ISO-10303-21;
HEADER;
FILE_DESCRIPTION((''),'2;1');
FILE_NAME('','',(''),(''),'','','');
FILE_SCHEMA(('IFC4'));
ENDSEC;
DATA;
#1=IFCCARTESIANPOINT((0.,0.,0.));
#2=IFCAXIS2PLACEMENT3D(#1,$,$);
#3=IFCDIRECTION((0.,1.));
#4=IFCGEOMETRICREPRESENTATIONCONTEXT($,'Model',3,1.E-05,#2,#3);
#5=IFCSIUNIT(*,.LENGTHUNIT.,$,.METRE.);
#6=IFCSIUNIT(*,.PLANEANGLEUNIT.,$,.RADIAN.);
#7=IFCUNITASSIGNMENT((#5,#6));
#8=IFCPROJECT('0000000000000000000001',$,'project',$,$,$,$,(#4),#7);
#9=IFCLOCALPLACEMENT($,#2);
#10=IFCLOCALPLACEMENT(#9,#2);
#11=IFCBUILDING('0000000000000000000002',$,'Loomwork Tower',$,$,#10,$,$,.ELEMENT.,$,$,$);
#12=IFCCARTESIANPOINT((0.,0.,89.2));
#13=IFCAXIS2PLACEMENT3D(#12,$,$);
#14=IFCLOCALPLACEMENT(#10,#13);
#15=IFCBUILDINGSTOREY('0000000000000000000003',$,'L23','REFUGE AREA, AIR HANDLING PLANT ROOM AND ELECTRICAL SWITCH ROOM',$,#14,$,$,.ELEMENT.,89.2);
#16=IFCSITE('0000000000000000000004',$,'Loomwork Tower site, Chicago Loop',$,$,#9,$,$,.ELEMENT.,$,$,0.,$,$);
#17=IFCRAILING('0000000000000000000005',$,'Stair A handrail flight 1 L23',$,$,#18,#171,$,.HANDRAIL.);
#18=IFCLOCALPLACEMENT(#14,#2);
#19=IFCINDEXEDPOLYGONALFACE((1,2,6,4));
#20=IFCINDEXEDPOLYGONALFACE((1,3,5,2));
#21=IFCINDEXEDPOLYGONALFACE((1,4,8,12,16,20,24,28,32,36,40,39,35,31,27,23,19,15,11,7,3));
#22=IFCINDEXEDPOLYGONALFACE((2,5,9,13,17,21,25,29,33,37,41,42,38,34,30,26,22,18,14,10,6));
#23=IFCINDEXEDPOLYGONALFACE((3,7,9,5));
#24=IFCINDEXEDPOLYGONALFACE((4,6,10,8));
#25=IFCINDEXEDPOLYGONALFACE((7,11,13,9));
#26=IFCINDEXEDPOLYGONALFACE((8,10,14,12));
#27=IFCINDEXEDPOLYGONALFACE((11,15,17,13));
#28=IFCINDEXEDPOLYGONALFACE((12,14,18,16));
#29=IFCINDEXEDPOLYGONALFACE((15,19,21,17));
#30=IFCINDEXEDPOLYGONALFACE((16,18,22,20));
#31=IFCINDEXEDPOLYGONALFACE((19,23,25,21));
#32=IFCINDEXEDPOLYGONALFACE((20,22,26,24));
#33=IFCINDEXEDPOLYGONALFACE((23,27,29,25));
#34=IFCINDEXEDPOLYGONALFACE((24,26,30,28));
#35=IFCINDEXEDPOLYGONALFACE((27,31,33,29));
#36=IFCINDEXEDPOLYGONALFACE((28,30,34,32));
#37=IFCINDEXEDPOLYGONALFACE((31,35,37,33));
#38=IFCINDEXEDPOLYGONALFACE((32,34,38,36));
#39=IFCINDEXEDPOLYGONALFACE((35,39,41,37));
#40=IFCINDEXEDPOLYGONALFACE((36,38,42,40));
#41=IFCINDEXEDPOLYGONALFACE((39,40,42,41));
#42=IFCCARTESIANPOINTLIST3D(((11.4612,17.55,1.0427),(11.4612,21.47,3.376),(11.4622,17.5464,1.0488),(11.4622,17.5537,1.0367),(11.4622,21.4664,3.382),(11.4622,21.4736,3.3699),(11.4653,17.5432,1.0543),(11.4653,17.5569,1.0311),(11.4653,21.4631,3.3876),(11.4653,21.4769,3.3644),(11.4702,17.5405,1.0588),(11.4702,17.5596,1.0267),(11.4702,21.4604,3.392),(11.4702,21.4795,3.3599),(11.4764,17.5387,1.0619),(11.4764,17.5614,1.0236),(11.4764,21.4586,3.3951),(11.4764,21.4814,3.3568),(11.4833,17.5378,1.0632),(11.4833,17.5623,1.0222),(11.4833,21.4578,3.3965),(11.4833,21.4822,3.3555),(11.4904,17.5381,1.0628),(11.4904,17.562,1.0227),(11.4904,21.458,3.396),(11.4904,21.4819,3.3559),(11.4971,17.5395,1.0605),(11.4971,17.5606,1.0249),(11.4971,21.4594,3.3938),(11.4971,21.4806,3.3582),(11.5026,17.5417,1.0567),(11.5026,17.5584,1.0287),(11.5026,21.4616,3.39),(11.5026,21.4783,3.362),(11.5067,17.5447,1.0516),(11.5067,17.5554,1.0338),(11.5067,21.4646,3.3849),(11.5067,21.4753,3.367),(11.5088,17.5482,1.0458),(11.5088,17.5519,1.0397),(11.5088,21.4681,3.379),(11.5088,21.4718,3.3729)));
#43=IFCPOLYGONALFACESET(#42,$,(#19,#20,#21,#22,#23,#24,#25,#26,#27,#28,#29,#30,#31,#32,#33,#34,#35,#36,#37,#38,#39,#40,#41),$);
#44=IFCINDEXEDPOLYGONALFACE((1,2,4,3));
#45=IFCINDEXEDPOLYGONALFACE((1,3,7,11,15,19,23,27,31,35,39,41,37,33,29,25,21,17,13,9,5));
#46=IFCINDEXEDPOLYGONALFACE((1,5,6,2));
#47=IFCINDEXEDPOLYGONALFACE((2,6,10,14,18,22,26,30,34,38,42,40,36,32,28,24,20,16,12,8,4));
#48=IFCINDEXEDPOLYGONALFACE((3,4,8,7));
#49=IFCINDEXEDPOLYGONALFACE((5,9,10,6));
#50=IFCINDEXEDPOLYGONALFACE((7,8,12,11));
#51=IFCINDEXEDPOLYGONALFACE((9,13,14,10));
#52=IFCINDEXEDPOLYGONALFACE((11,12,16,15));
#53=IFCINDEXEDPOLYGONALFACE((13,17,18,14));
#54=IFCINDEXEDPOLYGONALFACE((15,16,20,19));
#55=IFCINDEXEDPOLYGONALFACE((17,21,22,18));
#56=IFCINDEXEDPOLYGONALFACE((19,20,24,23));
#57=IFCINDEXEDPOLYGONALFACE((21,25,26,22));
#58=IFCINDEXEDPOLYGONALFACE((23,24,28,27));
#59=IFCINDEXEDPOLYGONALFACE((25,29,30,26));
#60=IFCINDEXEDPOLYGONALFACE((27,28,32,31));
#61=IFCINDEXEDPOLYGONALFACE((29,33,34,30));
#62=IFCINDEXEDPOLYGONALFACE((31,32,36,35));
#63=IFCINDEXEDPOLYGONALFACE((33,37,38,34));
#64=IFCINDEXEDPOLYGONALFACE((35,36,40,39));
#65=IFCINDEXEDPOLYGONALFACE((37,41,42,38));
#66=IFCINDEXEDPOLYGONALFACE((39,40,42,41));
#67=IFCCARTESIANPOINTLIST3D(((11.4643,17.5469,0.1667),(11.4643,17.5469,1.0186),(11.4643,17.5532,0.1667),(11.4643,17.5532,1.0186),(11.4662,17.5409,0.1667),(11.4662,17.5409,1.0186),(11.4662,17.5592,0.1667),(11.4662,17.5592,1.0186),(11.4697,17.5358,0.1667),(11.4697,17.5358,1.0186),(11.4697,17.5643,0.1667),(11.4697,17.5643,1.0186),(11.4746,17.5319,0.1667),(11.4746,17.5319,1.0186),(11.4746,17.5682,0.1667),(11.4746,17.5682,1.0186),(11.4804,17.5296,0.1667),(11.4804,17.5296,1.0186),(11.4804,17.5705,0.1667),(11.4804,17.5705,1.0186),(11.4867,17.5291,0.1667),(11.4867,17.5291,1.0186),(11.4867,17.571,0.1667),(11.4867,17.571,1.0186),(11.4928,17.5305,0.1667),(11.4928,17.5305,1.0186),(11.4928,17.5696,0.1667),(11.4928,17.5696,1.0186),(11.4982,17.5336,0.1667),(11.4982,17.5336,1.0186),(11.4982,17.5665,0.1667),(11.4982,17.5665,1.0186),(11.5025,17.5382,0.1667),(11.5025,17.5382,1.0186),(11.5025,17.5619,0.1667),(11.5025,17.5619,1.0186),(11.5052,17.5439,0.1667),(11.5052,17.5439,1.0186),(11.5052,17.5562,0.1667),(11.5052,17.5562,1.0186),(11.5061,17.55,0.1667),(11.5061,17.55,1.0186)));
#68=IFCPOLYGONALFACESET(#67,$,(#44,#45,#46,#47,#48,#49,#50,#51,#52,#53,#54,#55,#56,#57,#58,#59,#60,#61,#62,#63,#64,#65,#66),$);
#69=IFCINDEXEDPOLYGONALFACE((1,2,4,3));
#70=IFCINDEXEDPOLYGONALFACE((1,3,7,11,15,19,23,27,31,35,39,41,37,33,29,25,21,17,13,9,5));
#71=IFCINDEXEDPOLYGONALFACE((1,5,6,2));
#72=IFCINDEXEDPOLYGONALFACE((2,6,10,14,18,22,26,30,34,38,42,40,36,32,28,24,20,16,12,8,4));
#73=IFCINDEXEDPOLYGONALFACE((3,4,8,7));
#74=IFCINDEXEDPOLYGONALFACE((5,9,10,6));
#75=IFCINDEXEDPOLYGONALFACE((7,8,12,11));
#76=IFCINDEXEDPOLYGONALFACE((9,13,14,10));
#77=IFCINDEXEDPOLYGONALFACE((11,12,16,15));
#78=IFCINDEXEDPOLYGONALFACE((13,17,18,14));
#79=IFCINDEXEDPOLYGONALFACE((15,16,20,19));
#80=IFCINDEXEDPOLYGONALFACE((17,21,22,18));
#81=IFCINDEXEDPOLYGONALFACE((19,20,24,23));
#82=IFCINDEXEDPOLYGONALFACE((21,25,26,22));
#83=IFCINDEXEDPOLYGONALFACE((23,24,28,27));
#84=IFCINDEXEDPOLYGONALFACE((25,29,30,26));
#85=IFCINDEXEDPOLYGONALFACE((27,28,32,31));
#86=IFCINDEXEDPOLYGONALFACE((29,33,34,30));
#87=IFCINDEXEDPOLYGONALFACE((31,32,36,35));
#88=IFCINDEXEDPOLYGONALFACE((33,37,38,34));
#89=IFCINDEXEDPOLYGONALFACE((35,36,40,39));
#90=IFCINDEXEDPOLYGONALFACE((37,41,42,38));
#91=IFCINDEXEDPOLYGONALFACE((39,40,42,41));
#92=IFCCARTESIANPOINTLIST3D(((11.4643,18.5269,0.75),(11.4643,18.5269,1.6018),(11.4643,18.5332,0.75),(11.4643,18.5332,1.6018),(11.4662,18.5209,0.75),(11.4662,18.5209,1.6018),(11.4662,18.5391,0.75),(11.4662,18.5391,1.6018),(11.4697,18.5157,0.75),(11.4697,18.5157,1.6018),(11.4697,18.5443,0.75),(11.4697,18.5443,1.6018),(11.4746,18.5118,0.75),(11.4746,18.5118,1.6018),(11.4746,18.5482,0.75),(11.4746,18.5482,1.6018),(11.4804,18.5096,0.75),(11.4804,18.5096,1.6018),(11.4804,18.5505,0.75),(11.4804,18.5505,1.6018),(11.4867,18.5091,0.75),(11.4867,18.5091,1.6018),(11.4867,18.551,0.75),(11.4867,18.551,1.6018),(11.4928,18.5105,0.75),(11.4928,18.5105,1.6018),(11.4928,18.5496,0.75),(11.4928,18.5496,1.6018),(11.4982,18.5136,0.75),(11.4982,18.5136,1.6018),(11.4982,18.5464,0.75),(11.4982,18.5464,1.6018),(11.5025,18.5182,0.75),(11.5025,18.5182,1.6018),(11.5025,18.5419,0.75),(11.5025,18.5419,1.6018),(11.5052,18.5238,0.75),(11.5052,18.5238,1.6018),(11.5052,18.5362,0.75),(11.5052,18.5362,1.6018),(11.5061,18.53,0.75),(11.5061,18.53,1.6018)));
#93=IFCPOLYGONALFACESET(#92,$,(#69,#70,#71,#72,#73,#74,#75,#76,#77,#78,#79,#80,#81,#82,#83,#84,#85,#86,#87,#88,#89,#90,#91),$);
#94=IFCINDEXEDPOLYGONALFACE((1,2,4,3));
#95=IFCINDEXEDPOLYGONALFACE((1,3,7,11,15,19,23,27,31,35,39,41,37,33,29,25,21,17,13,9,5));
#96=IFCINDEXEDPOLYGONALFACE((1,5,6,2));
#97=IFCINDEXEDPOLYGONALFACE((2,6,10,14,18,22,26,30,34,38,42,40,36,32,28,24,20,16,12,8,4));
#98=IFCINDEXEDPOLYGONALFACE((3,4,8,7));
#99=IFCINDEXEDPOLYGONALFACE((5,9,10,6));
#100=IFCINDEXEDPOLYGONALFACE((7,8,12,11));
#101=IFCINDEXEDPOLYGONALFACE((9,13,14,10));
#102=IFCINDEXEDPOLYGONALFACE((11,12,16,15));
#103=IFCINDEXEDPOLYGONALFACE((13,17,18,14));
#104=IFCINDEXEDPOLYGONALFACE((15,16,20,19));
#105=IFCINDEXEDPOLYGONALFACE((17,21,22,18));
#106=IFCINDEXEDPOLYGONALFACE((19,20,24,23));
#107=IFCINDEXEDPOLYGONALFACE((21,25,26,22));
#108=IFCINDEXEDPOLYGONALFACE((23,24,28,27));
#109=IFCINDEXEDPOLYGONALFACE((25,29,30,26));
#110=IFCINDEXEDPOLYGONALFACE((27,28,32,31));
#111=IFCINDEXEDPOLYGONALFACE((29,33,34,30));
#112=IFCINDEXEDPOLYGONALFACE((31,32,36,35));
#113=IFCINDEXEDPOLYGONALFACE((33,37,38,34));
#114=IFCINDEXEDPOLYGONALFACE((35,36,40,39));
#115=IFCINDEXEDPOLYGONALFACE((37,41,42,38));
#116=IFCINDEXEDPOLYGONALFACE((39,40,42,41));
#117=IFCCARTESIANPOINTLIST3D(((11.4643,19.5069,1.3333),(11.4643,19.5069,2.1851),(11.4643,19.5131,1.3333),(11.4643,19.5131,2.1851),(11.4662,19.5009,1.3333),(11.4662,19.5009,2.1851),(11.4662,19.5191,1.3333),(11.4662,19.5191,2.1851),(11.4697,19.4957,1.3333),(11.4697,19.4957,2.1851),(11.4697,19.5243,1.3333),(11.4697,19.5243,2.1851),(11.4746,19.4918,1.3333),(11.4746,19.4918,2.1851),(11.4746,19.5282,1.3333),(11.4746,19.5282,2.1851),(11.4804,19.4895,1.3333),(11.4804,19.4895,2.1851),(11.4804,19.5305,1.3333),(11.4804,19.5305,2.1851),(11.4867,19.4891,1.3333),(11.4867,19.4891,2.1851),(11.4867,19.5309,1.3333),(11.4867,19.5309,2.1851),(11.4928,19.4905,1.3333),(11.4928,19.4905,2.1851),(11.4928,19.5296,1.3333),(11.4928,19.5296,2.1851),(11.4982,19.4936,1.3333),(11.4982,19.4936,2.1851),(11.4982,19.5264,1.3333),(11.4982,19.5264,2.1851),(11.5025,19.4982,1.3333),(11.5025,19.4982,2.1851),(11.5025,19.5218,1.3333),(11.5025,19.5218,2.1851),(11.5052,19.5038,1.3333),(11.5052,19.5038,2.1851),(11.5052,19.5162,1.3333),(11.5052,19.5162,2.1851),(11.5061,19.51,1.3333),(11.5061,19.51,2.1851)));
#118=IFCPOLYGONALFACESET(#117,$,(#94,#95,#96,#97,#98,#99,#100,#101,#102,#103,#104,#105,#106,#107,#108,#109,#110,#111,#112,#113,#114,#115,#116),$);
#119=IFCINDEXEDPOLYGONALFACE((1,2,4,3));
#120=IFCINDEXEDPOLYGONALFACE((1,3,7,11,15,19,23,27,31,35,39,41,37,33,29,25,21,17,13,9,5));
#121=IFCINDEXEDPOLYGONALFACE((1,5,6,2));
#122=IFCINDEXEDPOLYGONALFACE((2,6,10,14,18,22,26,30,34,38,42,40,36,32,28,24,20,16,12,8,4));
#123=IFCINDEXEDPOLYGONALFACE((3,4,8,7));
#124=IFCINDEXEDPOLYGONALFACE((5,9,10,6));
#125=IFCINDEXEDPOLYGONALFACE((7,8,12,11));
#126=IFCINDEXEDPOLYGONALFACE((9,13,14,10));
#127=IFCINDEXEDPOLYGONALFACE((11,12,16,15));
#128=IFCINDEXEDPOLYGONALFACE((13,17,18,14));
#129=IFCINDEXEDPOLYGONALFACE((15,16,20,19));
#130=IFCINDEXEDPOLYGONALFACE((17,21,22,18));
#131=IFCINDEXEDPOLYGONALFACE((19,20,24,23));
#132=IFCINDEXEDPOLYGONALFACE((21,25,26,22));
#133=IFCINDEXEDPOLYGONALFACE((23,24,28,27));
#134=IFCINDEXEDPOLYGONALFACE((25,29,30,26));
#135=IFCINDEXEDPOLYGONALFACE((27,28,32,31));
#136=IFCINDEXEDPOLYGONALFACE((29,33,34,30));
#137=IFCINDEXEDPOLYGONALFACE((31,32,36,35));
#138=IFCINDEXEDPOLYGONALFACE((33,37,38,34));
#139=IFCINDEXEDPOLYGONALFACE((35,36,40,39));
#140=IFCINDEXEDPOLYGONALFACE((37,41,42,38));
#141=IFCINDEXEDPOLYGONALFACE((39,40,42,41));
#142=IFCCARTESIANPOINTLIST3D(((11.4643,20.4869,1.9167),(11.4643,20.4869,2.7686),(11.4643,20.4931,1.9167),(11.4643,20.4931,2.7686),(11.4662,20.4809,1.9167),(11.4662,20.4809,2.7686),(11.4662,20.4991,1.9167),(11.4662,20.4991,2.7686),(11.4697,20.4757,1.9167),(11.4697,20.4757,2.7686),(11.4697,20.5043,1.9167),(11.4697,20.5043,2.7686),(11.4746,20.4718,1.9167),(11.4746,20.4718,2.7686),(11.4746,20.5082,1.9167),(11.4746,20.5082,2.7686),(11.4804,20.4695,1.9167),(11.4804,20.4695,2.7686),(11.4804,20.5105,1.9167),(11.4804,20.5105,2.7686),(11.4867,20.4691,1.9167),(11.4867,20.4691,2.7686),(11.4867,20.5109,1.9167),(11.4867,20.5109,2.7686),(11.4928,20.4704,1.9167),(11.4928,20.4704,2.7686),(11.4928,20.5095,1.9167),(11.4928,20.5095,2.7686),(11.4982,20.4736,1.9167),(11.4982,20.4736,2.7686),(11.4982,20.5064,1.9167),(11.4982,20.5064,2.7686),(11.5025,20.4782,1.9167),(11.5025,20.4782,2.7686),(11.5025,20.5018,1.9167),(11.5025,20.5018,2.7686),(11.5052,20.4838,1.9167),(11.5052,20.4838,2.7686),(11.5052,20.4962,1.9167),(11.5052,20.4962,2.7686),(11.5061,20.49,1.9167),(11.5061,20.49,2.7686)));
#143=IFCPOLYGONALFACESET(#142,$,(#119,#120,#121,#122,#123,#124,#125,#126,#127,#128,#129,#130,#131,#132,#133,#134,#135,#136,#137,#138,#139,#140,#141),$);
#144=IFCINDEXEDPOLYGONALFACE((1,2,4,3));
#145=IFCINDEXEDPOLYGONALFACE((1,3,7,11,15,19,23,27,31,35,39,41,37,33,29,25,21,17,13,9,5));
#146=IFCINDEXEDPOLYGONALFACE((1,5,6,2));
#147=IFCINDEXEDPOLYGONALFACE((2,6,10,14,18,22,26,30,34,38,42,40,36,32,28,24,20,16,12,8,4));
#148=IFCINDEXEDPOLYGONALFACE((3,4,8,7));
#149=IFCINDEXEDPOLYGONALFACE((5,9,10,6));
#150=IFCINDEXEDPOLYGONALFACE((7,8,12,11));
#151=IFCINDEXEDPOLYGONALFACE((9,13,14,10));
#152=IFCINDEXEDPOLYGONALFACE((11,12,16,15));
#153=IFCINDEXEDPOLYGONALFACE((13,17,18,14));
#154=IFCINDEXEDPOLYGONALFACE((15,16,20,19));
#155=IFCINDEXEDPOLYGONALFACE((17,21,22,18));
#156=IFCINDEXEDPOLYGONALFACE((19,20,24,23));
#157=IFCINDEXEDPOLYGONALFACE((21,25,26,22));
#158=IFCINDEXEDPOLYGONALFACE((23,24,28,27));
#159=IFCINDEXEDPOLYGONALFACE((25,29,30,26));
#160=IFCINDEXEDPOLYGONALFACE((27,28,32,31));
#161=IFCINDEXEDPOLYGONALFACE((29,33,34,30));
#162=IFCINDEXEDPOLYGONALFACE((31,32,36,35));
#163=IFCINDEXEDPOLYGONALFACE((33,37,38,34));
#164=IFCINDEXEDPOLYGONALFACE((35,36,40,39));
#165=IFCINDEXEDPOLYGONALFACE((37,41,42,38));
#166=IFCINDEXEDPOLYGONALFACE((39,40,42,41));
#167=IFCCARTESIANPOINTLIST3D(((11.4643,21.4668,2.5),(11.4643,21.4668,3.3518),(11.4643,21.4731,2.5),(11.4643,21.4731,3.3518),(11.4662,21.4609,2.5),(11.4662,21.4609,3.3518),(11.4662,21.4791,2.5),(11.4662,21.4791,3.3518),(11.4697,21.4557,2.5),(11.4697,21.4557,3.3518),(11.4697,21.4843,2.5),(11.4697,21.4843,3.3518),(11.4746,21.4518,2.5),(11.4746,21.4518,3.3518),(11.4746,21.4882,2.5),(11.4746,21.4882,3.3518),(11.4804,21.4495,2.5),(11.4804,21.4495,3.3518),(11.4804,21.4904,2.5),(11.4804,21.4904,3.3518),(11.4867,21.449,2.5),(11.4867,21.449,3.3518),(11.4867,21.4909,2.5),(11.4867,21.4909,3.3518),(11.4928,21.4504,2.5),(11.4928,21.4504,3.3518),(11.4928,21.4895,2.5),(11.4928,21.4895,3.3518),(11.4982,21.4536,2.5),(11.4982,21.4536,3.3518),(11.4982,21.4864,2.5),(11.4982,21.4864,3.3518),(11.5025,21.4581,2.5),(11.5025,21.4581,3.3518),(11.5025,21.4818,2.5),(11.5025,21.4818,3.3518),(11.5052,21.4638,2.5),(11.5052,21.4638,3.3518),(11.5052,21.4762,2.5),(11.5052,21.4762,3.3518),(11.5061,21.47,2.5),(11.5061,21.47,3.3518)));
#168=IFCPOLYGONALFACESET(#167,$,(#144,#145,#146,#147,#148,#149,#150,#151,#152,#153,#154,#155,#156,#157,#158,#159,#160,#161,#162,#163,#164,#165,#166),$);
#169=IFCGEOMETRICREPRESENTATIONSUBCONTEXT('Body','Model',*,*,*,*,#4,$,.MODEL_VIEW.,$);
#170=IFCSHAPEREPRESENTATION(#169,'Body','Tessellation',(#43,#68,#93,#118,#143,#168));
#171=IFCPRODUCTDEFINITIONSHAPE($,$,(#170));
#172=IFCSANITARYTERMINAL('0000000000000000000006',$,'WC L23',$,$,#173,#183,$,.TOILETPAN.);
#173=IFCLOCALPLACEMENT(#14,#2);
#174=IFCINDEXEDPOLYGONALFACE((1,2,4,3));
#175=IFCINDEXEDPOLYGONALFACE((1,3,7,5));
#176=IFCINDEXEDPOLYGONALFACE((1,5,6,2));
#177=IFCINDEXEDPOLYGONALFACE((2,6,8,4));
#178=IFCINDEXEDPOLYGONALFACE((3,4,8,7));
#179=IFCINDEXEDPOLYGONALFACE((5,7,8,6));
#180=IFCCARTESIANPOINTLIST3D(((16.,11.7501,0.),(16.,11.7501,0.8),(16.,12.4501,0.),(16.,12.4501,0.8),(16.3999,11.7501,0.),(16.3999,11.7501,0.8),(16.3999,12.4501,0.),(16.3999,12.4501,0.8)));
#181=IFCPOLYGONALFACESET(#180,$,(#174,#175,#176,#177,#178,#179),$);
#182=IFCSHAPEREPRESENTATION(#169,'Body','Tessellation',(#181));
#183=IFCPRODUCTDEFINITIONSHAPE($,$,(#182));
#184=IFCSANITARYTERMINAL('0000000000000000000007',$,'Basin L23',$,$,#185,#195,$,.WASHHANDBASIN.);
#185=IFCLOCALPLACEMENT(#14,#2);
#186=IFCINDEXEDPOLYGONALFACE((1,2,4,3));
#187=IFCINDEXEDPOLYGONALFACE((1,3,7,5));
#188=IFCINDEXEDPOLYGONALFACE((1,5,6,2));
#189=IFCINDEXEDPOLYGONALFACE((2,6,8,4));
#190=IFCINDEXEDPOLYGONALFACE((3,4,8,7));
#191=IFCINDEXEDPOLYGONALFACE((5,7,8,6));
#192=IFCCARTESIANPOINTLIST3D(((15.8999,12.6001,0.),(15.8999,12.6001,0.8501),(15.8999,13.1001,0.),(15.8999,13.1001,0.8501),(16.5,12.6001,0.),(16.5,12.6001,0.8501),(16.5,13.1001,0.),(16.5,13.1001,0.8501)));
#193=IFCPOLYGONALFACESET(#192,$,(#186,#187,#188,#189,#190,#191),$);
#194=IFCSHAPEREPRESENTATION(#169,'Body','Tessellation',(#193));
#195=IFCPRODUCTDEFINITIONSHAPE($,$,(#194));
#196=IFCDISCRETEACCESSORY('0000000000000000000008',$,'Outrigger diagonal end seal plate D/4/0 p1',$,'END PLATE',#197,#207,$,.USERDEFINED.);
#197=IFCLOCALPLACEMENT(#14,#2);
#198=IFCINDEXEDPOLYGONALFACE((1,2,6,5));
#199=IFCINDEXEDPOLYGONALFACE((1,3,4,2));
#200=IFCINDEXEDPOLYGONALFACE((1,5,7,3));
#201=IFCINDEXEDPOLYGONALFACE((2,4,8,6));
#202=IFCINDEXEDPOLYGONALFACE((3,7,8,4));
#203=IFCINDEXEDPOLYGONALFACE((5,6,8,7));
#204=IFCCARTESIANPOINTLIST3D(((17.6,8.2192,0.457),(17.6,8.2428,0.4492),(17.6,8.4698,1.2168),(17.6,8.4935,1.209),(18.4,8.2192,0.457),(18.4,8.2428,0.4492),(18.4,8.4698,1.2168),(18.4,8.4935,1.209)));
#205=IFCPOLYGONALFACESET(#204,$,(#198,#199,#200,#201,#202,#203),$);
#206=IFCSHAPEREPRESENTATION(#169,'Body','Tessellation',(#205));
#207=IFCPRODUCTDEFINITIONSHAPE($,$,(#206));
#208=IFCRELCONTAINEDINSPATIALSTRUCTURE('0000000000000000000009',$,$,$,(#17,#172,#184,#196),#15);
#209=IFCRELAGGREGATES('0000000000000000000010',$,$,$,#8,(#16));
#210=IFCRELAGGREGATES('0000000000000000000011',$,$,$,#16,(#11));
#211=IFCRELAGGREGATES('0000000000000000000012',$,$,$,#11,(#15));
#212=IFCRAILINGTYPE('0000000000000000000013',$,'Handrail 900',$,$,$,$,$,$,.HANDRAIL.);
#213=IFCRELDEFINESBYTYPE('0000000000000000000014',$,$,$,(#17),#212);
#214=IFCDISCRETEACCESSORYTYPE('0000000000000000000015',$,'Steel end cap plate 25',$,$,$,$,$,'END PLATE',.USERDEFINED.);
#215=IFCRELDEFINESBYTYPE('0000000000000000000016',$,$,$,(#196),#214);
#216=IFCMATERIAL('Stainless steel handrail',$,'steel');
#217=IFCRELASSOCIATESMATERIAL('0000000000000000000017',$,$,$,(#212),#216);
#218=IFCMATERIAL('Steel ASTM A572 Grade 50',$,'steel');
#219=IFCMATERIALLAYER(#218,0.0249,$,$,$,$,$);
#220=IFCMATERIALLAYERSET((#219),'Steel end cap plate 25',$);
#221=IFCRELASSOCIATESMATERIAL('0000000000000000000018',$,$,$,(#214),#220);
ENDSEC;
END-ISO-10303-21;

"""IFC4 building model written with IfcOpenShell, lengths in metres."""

from ifc_helpers import new_model, si_unit, direction, frame, origin, origin_2d, place, context, subcontext, project, spatial, rectangle, circle, extrude, material, layer, layer_set, type_object, element, save


model = new_model("IFC4")

# Units and contexts
model_context = context("Model", 3, precision=1e-05, world=origin(), true_north=direction((0.0, 1.0)))
body_context = subcontext(model_context, "Body", "Model", "MODEL_VIEW")
ifc_project = project(units=[si_unit("LENGTHUNIT", "METRE"), si_unit("PLANEANGLEUNIT", "RADIAN")], contexts=[model_context])

# Site, building, storey
site_placement = place(None, origin())
site = spatial("IfcSite", under=ifc_project, at=site_placement, Name="Loomwork Tower site, Chicago Loop", CompositionType="ELEMENT", RefElevation=0.0)
building_placement = place(site_placement, origin())
building = spatial("IfcBuilding", under=site, at=building_placement, Name="Loomwork Tower", CompositionType="ELEMENT")
storey_placement = place(building_placement, frame((0.0, 0.0, 89.2)))
storey = spatial("IfcBuildingStorey", under=building, at=storey_placement, Name="L23", Description="REFUGE AREA, AIR HANDLING PLANT ROOM AND ELECTRICAL SWITCH ROOM", CompositionType="ELEMENT", Elevation=89.2)

# Railing
ifc_material_1 = material(Name="Stainless steel handrail", Category="steel")
railing_type = type_object("IfcRailingType", Name="Handrail 900", PredefinedType="HANDRAIL", material=ifc_material_1)
railing_placement = place(storey_placement, frame((11.4851, 17.55, 0.1667)))
element("IfcRailing", 1, at=railing_placement, inside=storey, type_object=railing_type, Name="Stair A handrail flight 1 L23", PredefinedType="HANDRAIL", context=body_context, shape_type="SweptSolid", body=[
    extrude(circle(Radius=0.0239, at=origin_2d()), frame((0.0, 0.0, 0.876), z_axis=(0.0, 0.859296, 0.511478), x_axis=(-1.0, 0.0, 0.0)), (0.0, 0.0, 1.0), 4.5618),
    extrude(circle(Radius=0.021, at=origin_2d()), origin(), (0.0, 0.0, 1.0), 0.8518),
    extrude(circle(Radius=0.021, at=origin_2d()), frame((0.0, 0.98, 0.5833)), (0.0, 0.0, 1.0), 0.8518),
    extrude(circle(Radius=0.021, at=origin_2d()), frame((0.0, 1.96, 1.1665)), (0.0, 0.0, 1.0), 0.8518),
    extrude(circle(Radius=0.021, at=origin_2d()), frame((0.0, 2.9399, 1.75)), (0.0, 0.0, 1.0), 0.8518),
    extrude(circle(Radius=0.021, at=origin_2d()), frame((0.0, 3.9199, 2.3333)), (0.0, 0.0, 1.0), 0.8518),
])

# Sanitary terminals
sanitary_terminal_1_placement = place(storey_placement, frame((16.2, 12.1001, 0.0), z_axis=(0.0, 0.0, 1.0), x_axis=(1.0, 0.0, 0.0)))
element("IfcSanitaryTerminal", 2, at=sanitary_terminal_1_placement, inside=storey, Name="WC L23", PredefinedType="TOILETPAN", context=body_context, shape_type="SweptSolid", body=[
    extrude(rectangle(XDim=0.3999, YDim=0.7, at=origin_2d()), origin(), (0.0, 0.0, 1.0), 0.8),
])
sanitary_terminal_2_placement = place(storey_placement, frame((16.2, 12.8501, 0.0), z_axis=(0.0, 0.0, 1.0), x_axis=(1.0, 0.0, 0.0)))
element("IfcSanitaryTerminal", 3, at=sanitary_terminal_2_placement, inside=storey, Name="Basin L23", PredefinedType="WASHHANDBASIN", context=body_context, shape_type="SweptSolid", body=[
    extrude(rectangle(XDim=0.6001, YDim=0.5, at=origin_2d()), origin(), (0.0, 0.0, 1.0), 0.8501),
])

# Discrete accessory
ifc_material_2 = material(Name="Steel ASTM A572 Grade 50", Category="steel")
ifc_layer_1 = layer(ifc_material_2, 0.0249)
ifc_layer_set_1 = layer_set([ifc_layer_1], Name="Steel end cap plate 25")
discrete_accessory_type = type_object("IfcDiscreteAccessoryType", Name="Steel end cap plate 25", ElementType="END PLATE", PredefinedType="USERDEFINED", material=ifc_layer_set_1)
discrete_accessory_placement = place(storey_placement, frame((18.0, 8.3445, 0.8369), z_axis=(0.0, 0.949658, -0.313289), x_axis=(-1.0, 0.0, 0.0)))
element("IfcDiscreteAccessory", 4, at=discrete_accessory_placement, inside=storey, type_object=discrete_accessory_type, Name="Outrigger diagonal end seal plate D/4/0 p1", ObjectType="END PLATE", PredefinedType="USERDEFINED", context=body_context, shape_type="SweptSolid", body=[
    extrude(rectangle(XDim=0.8, YDim=0.8, at=origin_2d()), origin(), (0.0, 0.0, 1.0), 0.0249),
])

save(model, "model.ifc")
